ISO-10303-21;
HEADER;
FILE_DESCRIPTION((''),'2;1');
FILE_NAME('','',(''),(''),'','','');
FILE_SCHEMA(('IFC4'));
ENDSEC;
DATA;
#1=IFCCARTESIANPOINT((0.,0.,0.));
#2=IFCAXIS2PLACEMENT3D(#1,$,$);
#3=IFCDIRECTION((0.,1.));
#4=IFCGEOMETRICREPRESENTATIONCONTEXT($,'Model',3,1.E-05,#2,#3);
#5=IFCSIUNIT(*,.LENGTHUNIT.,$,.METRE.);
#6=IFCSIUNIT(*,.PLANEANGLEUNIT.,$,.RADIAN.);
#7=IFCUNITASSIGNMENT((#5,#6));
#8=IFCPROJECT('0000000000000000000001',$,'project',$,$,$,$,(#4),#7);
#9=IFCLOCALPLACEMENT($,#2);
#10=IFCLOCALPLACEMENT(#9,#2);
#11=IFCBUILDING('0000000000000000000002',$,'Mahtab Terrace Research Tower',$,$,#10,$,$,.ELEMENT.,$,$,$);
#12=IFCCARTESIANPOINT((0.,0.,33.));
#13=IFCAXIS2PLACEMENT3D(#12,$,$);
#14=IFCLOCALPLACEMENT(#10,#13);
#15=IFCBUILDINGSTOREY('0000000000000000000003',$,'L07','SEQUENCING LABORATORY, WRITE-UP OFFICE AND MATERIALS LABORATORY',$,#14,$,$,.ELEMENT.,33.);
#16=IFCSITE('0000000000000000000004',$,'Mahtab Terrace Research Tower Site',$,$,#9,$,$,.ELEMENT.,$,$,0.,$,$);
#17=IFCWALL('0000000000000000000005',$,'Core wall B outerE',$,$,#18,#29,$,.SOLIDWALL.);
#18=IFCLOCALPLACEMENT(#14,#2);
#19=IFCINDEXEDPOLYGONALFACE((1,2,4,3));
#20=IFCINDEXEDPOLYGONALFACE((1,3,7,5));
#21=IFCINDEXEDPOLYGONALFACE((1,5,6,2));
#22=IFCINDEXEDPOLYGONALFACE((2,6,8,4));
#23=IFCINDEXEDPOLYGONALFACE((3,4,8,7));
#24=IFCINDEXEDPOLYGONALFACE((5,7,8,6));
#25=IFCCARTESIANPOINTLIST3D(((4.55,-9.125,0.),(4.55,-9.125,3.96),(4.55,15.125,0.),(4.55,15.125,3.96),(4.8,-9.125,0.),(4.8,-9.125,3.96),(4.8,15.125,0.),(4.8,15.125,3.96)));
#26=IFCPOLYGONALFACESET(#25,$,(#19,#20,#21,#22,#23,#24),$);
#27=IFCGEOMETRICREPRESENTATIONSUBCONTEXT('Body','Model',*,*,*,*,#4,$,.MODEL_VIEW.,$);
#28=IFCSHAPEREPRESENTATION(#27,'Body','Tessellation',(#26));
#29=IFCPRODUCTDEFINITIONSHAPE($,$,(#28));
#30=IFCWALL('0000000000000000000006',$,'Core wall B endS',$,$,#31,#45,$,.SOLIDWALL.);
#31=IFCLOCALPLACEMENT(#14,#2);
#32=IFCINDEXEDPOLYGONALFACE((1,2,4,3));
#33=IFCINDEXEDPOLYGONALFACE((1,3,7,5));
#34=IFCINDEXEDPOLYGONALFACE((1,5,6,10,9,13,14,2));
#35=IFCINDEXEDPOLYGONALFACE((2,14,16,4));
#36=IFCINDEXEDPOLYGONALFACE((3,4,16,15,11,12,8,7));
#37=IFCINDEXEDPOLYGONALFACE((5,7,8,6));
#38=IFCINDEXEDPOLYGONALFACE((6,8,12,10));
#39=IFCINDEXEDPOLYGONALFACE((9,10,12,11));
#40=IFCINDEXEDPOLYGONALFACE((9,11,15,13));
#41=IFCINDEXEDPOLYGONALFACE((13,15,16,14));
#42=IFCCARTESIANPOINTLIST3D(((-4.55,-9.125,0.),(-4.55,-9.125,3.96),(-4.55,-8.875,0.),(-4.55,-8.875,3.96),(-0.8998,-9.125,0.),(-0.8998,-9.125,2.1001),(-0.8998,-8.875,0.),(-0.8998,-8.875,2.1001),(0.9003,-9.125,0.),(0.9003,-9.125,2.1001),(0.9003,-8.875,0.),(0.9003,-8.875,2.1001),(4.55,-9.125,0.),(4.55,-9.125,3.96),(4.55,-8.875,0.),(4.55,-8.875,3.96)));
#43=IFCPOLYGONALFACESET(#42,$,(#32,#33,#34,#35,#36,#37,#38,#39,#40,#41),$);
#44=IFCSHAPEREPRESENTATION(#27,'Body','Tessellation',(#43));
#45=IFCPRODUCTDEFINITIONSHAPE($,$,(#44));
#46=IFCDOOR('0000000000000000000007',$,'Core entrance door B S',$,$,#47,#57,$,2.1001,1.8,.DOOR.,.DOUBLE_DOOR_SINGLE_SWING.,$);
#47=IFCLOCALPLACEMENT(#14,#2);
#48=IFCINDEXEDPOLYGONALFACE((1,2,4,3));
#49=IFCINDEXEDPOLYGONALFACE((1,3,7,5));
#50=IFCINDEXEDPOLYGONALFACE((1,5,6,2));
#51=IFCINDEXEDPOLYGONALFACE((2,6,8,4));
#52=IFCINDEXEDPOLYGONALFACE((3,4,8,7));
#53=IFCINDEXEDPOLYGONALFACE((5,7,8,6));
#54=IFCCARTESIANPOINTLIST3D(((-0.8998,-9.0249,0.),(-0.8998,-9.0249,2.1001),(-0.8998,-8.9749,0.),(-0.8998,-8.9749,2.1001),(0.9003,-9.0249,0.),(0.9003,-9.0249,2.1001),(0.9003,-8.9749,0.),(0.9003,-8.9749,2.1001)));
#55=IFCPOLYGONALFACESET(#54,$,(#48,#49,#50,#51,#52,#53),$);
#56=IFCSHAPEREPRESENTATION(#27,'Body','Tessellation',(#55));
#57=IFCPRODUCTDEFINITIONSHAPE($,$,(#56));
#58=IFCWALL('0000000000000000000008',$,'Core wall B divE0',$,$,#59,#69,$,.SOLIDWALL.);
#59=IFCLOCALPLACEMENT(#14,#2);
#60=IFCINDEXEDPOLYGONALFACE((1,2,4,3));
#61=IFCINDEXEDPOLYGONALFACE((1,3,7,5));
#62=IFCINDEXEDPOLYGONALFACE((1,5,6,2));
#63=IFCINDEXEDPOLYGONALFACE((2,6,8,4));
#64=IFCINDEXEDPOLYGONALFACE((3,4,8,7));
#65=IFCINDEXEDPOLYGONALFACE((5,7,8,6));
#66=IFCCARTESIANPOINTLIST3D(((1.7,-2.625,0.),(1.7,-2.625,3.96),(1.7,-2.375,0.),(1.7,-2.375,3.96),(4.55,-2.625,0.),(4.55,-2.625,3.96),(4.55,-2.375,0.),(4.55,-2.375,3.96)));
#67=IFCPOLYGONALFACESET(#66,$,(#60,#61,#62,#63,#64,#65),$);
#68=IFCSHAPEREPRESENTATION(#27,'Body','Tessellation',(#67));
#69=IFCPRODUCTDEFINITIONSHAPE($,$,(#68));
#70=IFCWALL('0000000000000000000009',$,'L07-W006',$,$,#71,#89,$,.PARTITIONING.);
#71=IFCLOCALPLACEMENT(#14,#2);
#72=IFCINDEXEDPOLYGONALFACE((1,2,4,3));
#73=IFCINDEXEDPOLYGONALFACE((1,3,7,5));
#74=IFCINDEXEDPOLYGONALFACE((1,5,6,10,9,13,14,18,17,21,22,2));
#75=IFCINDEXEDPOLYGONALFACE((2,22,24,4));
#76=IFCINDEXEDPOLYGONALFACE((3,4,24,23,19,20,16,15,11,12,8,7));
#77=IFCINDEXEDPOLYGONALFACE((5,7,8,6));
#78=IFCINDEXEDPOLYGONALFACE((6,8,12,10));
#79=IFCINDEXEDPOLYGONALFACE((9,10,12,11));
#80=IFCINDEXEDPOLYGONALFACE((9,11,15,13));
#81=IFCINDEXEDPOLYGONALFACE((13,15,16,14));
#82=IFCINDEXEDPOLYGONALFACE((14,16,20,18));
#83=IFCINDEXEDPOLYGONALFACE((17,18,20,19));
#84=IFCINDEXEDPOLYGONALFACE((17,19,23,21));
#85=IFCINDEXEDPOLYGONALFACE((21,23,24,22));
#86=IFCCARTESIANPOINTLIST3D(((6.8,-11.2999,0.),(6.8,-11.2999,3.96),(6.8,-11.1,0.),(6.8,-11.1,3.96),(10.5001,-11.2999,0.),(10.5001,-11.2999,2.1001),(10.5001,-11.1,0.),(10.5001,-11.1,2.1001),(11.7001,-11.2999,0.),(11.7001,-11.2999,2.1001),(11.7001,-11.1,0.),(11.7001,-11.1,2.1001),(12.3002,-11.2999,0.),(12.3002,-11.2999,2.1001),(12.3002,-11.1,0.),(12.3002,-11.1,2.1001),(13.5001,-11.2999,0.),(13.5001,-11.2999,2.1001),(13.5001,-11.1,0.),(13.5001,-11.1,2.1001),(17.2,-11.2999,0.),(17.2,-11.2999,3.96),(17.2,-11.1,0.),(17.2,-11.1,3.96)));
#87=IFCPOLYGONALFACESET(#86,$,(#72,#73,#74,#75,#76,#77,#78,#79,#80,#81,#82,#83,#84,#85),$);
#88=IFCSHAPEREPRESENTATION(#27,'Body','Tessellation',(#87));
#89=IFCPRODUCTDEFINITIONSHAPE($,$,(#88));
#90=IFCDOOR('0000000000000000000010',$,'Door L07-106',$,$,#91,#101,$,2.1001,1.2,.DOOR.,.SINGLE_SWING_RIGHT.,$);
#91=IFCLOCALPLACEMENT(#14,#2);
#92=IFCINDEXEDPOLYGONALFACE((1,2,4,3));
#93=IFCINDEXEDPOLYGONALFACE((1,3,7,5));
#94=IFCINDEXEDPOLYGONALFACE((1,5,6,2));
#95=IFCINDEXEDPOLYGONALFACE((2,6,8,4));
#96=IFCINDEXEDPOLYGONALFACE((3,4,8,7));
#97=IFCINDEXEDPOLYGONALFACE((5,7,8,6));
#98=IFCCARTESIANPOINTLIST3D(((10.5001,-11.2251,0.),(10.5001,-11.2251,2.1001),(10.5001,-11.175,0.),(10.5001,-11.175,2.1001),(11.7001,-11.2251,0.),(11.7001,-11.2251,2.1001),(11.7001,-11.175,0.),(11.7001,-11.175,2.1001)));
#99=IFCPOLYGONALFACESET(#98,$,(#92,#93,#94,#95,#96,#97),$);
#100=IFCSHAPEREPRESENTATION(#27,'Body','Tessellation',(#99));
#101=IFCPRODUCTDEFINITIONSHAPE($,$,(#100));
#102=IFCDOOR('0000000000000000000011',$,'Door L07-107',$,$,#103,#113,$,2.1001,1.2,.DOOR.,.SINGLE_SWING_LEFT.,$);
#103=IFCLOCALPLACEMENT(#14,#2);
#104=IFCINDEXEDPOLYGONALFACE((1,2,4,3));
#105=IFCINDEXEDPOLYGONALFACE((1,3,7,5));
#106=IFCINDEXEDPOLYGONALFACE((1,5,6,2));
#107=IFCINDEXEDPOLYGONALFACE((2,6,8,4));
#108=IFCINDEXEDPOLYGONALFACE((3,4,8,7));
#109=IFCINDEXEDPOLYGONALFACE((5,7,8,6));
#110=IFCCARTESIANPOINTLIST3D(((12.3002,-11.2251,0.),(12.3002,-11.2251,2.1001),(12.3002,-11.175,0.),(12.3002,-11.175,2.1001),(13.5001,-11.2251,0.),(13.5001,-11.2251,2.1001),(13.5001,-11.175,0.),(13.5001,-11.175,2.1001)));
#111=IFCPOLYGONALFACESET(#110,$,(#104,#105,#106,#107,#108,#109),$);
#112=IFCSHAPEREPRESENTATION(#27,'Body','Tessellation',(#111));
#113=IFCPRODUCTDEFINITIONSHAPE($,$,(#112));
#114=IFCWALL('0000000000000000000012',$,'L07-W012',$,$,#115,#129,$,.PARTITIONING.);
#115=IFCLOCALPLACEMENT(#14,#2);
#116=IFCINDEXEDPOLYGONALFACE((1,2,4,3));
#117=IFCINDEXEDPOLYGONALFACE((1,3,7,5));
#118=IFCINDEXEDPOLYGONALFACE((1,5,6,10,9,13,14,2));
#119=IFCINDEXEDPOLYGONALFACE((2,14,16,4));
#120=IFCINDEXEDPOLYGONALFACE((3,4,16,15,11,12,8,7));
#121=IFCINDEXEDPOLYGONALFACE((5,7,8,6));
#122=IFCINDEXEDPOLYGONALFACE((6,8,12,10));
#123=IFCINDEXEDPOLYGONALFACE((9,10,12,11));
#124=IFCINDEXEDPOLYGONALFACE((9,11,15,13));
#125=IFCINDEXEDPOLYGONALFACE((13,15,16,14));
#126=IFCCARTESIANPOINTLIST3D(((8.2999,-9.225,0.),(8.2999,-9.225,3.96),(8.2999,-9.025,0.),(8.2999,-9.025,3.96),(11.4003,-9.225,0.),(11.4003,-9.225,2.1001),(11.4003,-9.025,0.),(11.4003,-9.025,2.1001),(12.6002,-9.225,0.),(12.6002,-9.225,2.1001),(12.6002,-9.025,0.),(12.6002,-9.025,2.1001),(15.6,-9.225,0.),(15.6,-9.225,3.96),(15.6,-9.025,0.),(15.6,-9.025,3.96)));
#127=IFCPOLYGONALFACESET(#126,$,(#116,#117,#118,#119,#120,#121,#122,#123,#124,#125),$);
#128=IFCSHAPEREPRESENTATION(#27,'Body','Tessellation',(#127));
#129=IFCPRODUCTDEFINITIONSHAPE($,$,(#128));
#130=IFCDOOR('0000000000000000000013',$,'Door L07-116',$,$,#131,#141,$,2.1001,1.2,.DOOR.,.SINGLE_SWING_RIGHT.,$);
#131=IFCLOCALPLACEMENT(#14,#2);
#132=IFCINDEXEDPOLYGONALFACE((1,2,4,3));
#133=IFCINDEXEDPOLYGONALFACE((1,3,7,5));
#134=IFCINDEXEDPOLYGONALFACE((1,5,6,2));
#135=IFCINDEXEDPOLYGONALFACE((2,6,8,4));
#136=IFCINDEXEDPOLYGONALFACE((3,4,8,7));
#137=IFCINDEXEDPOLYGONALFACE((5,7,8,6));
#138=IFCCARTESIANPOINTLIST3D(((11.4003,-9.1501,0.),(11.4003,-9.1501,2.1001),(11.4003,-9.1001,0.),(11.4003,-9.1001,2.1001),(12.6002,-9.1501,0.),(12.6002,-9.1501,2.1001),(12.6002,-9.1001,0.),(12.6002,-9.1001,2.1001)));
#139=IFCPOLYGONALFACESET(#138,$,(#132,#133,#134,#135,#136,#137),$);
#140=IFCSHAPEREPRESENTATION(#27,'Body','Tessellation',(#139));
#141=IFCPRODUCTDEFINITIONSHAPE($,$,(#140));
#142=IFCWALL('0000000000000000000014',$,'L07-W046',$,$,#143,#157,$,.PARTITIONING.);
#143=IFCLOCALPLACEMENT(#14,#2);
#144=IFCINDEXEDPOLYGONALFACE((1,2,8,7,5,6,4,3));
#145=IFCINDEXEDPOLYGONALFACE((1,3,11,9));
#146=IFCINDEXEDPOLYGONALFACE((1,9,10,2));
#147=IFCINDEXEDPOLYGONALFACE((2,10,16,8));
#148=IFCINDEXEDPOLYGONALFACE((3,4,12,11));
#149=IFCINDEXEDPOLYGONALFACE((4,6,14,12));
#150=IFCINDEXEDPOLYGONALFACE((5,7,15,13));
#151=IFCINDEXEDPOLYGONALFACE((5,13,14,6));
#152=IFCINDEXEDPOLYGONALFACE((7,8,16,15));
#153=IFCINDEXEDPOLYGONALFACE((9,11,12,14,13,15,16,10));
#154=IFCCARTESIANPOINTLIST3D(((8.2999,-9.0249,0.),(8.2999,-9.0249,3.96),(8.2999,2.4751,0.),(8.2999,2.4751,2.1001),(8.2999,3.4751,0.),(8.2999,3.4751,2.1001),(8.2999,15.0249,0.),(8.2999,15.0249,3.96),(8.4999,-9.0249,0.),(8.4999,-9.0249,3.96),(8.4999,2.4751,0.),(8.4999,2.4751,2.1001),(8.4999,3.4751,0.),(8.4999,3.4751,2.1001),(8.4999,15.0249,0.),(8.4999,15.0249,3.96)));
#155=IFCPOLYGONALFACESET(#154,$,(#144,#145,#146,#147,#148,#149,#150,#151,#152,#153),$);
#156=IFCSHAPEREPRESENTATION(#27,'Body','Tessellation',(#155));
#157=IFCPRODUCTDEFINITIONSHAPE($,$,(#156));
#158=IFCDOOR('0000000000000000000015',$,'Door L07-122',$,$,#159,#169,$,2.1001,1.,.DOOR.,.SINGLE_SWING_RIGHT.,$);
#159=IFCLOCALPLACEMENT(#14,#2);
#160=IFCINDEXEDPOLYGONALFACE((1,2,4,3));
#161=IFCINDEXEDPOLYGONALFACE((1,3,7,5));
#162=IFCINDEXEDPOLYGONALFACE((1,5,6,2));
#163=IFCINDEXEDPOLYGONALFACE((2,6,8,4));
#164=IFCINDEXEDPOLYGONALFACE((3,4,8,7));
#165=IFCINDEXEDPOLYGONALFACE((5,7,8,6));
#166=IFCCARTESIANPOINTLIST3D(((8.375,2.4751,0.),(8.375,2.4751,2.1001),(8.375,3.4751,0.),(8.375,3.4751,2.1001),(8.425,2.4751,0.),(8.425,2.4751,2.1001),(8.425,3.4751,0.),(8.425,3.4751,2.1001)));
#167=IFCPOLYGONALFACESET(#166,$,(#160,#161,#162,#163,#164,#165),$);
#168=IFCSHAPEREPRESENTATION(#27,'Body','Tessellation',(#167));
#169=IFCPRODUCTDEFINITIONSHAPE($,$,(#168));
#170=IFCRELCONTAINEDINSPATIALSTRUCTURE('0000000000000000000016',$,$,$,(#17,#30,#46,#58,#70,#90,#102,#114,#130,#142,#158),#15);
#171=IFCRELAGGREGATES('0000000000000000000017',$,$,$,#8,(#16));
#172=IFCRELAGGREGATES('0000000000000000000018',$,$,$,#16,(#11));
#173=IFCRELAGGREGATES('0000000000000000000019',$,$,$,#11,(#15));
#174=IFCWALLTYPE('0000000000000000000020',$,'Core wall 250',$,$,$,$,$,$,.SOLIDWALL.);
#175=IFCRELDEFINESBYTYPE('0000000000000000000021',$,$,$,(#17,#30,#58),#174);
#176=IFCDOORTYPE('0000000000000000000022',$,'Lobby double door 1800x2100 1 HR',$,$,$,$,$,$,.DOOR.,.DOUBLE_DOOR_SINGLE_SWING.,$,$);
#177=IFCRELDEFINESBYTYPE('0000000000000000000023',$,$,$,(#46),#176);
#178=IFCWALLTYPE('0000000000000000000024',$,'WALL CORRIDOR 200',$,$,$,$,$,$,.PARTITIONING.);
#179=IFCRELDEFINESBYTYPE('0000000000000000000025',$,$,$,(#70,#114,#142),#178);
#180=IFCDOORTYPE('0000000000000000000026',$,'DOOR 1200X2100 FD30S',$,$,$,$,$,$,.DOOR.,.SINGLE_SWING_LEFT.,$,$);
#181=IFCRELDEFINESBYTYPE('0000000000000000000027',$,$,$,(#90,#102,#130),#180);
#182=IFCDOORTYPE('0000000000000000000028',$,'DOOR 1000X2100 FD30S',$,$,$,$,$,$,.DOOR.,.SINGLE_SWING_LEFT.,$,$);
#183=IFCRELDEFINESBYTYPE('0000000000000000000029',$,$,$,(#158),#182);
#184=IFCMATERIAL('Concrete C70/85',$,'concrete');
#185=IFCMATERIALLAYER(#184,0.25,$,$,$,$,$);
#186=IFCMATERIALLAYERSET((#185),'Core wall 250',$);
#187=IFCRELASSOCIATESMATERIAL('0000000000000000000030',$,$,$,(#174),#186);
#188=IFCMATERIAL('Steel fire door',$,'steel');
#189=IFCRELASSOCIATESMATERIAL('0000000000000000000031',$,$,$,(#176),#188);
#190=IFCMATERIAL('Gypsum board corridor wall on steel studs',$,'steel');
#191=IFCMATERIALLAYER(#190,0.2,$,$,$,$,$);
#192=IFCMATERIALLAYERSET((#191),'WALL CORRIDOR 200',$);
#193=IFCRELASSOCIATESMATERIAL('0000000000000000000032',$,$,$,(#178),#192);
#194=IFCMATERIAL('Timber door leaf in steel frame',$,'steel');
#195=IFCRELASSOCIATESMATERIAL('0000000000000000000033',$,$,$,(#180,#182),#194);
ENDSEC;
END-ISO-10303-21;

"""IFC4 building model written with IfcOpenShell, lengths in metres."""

from ifc_helpers import new_model, si_unit, direction, frame, frame_2d, origin, place, context, subcontext, project, spatial, rectangle, extrude, material, layer, layer_set, type_object, element, fill, save


model = new_model("IFC4")

# Units and contexts
model_context = context("Model", 3, precision=1e-05, world=origin(), true_north=direction((0.0, 1.0)))
body_context = subcontext(model_context, "Body", "Model", "MODEL_VIEW")
ifc_project = project(units=[si_unit("LENGTHUNIT", "METRE"), si_unit("PLANEANGLEUNIT", "RADIAN")], contexts=[model_context])

# Site, building, storey
site_placement = place(None, origin())
site = spatial("IfcSite", under=ifc_project, at=site_placement, Name="Mahtab Terrace Research Tower Site", CompositionType="ELEMENT", RefElevation=0.0)
building_placement = place(site_placement, origin())
building = spatial("IfcBuilding", under=site, at=building_placement, Name="Mahtab Terrace Research Tower", CompositionType="ELEMENT")
storey_placement = place(building_placement, frame((0.0, 0.0, 33.0)))
storey = spatial("IfcBuildingStorey", under=building, at=storey_placement, Name="L07", Description="SEQUENCING LABORATORY, WRITE-UP OFFICE AND MATERIALS LABORATORY", CompositionType="ELEMENT", Elevation=33.0)

# Shared definitions
ifc_material_1 = material(Name="Concrete C70/85", Category="concrete")

# Wall
ifc_layer_1 = layer(ifc_material_1, 0.25)
ifc_layer_set_1 = layer_set([ifc_layer_1], Name="Core wall 250")
wall_type_1 = type_object("IfcWallType", Name="Core wall 250", PredefinedType="SOLIDWALL", material=ifc_layer_set_1)
wall_1_placement = place(storey_placement, frame((4.675, -9.125, 0.0), z_axis=(0.0, 0.0, 1.0), x_axis=(0.0, 1.0, 0.0)))
element("IfcWall", 1, at=wall_1_placement, inside=storey, type_object=wall_type_1, Name="Core wall B outerE", PredefinedType="SOLIDWALL", context=body_context, shape_type="SweptSolid", body=[
    extrude(rectangle(XDim=24.25, YDim=0.25, at=frame_2d((12.125, 0.0))), origin(), (0.0, 0.0, 1.0), 3.96),
])

# Wall, opening, door
wall_2_placement = place(storey_placement, frame((4.55, -9.0, 0.0), z_axis=(0.0, 0.0, 1.0), x_axis=(-1.0, 0.0, 0.0)))
wall_2 = element("IfcWall", 2, at=wall_2_placement, inside=storey, type_object=wall_type_1, Name="Core wall B endS", PredefinedType="SOLIDWALL", context=body_context, shape_type="SweptSolid", body=[
    extrude(rectangle(XDim=9.1001, YDim=0.25, at=frame_2d((4.55, 0.0))), origin(), (0.0, 0.0, 1.0), 3.96),
])
opening_1_placement = place(wall_2_placement, frame((3.6499, 0.0, 0.0)))
opening_1 = element("IfcOpeningElement", 3, at=opening_1_placement, cuts=wall_2, PredefinedType="OPENING", context=body_context, shape_type="SweptSolid", body=[
    extrude(rectangle(XDim=1.8, YDim=2.1001, at=frame_2d((0.8999, 1.05))), frame((0.0, 0.135, 0.0), z_axis=(0.0, -1.0, 0.0), x_axis=(1.0, 0.0, 0.0)), (0.0, 0.0, 1.0), 0.27),
])
ifc_material_2 = material(Name="Steel fire door", Category="steel")
door_type_1 = type_object("IfcDoorType", Name="Lobby double door 1800x2100 1 HR", OperationType="DOUBLE_DOOR_SINGLE_SWING", PredefinedType="DOOR", material=ifc_material_2)
door_1_placement = place(opening_1_placement, origin())
door_1 = element("IfcDoor", 4, at=door_1_placement, inside=storey, type_object=door_type_1, Name="Core entrance door B S", OperationType="DOUBLE_DOOR_SINGLE_SWING", OverallHeight=2.1001, OverallWidth=1.8, PredefinedType="DOOR", context=body_context, shape_type="SweptSolid", body=[
    extrude(rectangle(XDim=1.8, YDim=2.1001, at=frame_2d((0.8999, 1.05))), frame((0.0, 0.0249, 0.0), z_axis=(0.0, -1.0, 0.0), x_axis=(1.0, 0.0, 0.0)), (0.0, 0.0, 1.0), 0.05),
])
fill(opening_1, door_1)

# Wall
wall_3_placement = place(storey_placement, frame((1.7, -2.5, 0.0), z_axis=(0.0, 0.0, 1.0), x_axis=(1.0, 0.0, 0.0)))
element("IfcWall", 5, at=wall_3_placement, inside=storey, type_object=wall_type_1, Name="Core wall B divE0", PredefinedType="SOLIDWALL", context=body_context, shape_type="SweptSolid", body=[
    extrude(rectangle(XDim=2.8501, YDim=0.25, at=frame_2d((1.425, 0.0))), origin(), (0.0, 0.0, 1.0), 3.96),
])

# Wall, openings, doors
ifc_material_3 = material(Name="Gypsum board corridor wall on steel studs", Category="steel")
ifc_layer_2 = layer(ifc_material_3, 0.2)
ifc_layer_set_2 = layer_set([ifc_layer_2], Name="WALL CORRIDOR 200")
wall_type_2 = type_object("IfcWallType", Name="WALL CORRIDOR 200", PredefinedType="PARTITIONING", material=ifc_layer_set_2)
wall_4_placement = place(storey_placement, frame((6.8, -11.2, 0.0), z_axis=(0.0, 0.0, 1.0), x_axis=(1.0, 0.0, 0.0)))
wall_4 = element("IfcWall", 6, at=wall_4_placement, inside=storey, type_object=wall_type_2, Name="L07-W006", PredefinedType="PARTITIONING", context=body_context, shape_type="SweptSolid", body=[
    extrude(rectangle(XDim=10.3999, YDim=0.2, at=frame_2d((5.2, 0.0))), origin(), (0.0, 0.0, 1.0), 3.96),
])
opening_2_placement = place(wall_4_placement, frame((3.7, 0.0, 0.0)))
opening_2 = element("IfcOpeningElement", 7, at=opening_2_placement, cuts=wall_4, PredefinedType="OPENING", context=body_context, shape_type="SweptSolid", body=[
    extrude(rectangle(XDim=1.2, YDim=2.1001, at=frame_2d((0.6001, 1.05))), frame((0.0, 0.1099, 0.0), z_axis=(0.0, -1.0, 0.0), x_axis=(1.0, 0.0, 0.0)), (0.0, 0.0, 1.0), 0.22),
])
opening_3_placement = place(wall_4_placement, frame((5.5, 0.0, 0.0)))
opening_3 = element("IfcOpeningElement", 8, at=opening_3_placement, cuts=wall_4, PredefinedType="OPENING", context=body_context, shape_type="SweptSolid", body=[
    extrude(rectangle(XDim=1.2, YDim=2.1001, at=frame_2d((0.6001, 1.05))), frame((0.0, 0.1099, 0.0), z_axis=(0.0, -1.0, 0.0), x_axis=(1.0, 0.0, 0.0)), (0.0, 0.0, 1.0), 0.22),
])
ifc_material_4 = material(Name="Timber door leaf in steel frame", Category="steel")
door_type_2 = type_object("IfcDoorType", Name="DOOR 1200X2100 FD30S", OperationType="SINGLE_SWING_LEFT", PredefinedType="DOOR", material=ifc_material_4)
door_2_placement = place(opening_2_placement, origin())
door_2 = element("IfcDoor", 9, at=door_2_placement, inside=storey, type_object=door_type_2, Name="Door L07-106", OperationType="SINGLE_SWING_RIGHT", OverallHeight=2.1001, OverallWidth=1.2, PredefinedType="DOOR", context=body_context, shape_type="SweptSolid", body=[
    extrude(rectangle(XDim=1.2, YDim=2.1001, at=frame_2d((0.6001, 1.05))), frame((0.0, 0.0249, 0.0), z_axis=(0.0, -1.0, 0.0), x_axis=(1.0, 0.0, 0.0)), (0.0, 0.0, 1.0), 0.05),
])
fill(opening_2, door_2)
door_3_placement = place(opening_3_placement, origin())
door_3 = element("IfcDoor", 10, at=door_3_placement, inside=storey, type_object=door_type_2, Name="Door L07-107", OperationType="SINGLE_SWING_LEFT", OverallHeight=2.1001, OverallWidth=1.2, PredefinedType="DOOR", context=body_context, shape_type="SweptSolid", body=[
    extrude(rectangle(XDim=1.2, YDim=2.1001, at=frame_2d((0.6001, 1.05))), frame((0.0, 0.0249, 0.0), z_axis=(0.0, -1.0, 0.0), x_axis=(1.0, 0.0, 0.0)), (0.0, 0.0, 1.0), 0.05),
])
fill(opening_3, door_3)

# Walls, openings, doors
wall_5_placement = place(storey_placement, frame((8.3, -9.125, 0.0), z_axis=(0.0, 0.0, 1.0), x_axis=(1.0, 0.0, 0.0)))
wall_5 = element("IfcWall", 11, at=wall_5_placement, inside=storey, type_object=wall_type_2, Name="L07-W012", PredefinedType="PARTITIONING", context=body_context, shape_type="SweptSolid", body=[
    extrude(rectangle(XDim=7.3, YDim=0.2, at=frame_2d((3.6499, 0.0))), origin(), (0.0, 0.0, 1.0), 3.96),
])
opening_4_placement = place(wall_5_placement, frame((3.1001, 0.0, 0.0)))
opening_4 = element("IfcOpeningElement", 12, at=opening_4_placement, cuts=wall_5, PredefinedType="OPENING", context=body_context, shape_type="SweptSolid", body=[
    extrude(rectangle(XDim=1.2, YDim=2.1001, at=frame_2d((0.6001, 1.05))), frame((0.0, 0.1099, 0.0), z_axis=(0.0, -1.0, 0.0), x_axis=(1.0, 0.0, 0.0)), (0.0, 0.0, 1.0), 0.22),
])
door_4_placement = place(opening_4_placement, origin())
door_4 = element("IfcDoor", 13, at=door_4_placement, inside=storey, type_object=door_type_2, Name="Door L07-116", OperationType="SINGLE_SWING_RIGHT", OverallHeight=2.1001, OverallWidth=1.2, PredefinedType="DOOR", context=body_context, shape_type="SweptSolid", body=[
    extrude(rectangle(XDim=1.2, YDim=2.1001, at=frame_2d((0.6001, 1.05))), frame((0.0, 0.0249, 0.0), z_axis=(0.0, -1.0, 0.0), x_axis=(1.0, 0.0, 0.0)), (0.0, 0.0, 1.0), 0.05),
])
fill(opening_4, door_4)
wall_6_placement = place(storey_placement, frame((8.3999, -9.0249, 0.0), z_axis=(0.0, 0.0, 1.0), x_axis=(0.0, 1.0, 0.0)))
wall_6 = element("IfcWall", 14, at=wall_6_placement, inside=storey, type_object=wall_type_2, Name="L07-W046", PredefinedType="PARTITIONING", context=body_context, shape_type="SweptSolid", body=[
    extrude(rectangle(XDim=24.0498, YDim=0.2, at=frame_2d((12.0249, 0.0))), origin(), (0.0, 0.0, 1.0), 3.96),
])
opening_5_placement = place(wall_6_placement, frame((11.5, 0.0, 0.0)))
opening_5 = element("IfcOpeningElement", 15, at=opening_5_placement, cuts=wall_6, PredefinedType="OPENING", context=body_context, shape_type="SweptSolid", body=[
    extrude(rectangle(XDim=1.0, YDim=2.1001, at=frame_2d((0.5, 1.05))), frame((0.0, 0.1099, 0.0), z_axis=(0.0, -1.0, 0.0), x_axis=(1.0, 0.0, 0.0)), (0.0, 0.0, 1.0), 0.22),
])
door_type_3 = type_object("IfcDoorType", Name="DOOR 1000X2100 FD30S", OperationType="SINGLE_SWING_LEFT", PredefinedType="DOOR", material=ifc_material_4)
door_5_placement = place(opening_5_placement, origin())
door_5 = element("IfcDoor", 16, at=door_5_placement, inside=storey, type_object=door_type_3, Name="Door L07-122", OperationType="SINGLE_SWING_RIGHT", OverallHeight=2.1001, OverallWidth=1.0, PredefinedType="DOOR", context=body_context, shape_type="SweptSolid", body=[
    extrude(rectangle(XDim=1.0, YDim=2.1001, at=frame_2d((0.5, 1.05))), frame((0.0, 0.0249, 0.0), z_axis=(0.0, -1.0, 0.0), x_axis=(1.0, 0.0, 0.0)), (0.0, 0.0, 1.0), 0.05),
])
fill(opening_5, door_5)

save(model, "model.ifc")
